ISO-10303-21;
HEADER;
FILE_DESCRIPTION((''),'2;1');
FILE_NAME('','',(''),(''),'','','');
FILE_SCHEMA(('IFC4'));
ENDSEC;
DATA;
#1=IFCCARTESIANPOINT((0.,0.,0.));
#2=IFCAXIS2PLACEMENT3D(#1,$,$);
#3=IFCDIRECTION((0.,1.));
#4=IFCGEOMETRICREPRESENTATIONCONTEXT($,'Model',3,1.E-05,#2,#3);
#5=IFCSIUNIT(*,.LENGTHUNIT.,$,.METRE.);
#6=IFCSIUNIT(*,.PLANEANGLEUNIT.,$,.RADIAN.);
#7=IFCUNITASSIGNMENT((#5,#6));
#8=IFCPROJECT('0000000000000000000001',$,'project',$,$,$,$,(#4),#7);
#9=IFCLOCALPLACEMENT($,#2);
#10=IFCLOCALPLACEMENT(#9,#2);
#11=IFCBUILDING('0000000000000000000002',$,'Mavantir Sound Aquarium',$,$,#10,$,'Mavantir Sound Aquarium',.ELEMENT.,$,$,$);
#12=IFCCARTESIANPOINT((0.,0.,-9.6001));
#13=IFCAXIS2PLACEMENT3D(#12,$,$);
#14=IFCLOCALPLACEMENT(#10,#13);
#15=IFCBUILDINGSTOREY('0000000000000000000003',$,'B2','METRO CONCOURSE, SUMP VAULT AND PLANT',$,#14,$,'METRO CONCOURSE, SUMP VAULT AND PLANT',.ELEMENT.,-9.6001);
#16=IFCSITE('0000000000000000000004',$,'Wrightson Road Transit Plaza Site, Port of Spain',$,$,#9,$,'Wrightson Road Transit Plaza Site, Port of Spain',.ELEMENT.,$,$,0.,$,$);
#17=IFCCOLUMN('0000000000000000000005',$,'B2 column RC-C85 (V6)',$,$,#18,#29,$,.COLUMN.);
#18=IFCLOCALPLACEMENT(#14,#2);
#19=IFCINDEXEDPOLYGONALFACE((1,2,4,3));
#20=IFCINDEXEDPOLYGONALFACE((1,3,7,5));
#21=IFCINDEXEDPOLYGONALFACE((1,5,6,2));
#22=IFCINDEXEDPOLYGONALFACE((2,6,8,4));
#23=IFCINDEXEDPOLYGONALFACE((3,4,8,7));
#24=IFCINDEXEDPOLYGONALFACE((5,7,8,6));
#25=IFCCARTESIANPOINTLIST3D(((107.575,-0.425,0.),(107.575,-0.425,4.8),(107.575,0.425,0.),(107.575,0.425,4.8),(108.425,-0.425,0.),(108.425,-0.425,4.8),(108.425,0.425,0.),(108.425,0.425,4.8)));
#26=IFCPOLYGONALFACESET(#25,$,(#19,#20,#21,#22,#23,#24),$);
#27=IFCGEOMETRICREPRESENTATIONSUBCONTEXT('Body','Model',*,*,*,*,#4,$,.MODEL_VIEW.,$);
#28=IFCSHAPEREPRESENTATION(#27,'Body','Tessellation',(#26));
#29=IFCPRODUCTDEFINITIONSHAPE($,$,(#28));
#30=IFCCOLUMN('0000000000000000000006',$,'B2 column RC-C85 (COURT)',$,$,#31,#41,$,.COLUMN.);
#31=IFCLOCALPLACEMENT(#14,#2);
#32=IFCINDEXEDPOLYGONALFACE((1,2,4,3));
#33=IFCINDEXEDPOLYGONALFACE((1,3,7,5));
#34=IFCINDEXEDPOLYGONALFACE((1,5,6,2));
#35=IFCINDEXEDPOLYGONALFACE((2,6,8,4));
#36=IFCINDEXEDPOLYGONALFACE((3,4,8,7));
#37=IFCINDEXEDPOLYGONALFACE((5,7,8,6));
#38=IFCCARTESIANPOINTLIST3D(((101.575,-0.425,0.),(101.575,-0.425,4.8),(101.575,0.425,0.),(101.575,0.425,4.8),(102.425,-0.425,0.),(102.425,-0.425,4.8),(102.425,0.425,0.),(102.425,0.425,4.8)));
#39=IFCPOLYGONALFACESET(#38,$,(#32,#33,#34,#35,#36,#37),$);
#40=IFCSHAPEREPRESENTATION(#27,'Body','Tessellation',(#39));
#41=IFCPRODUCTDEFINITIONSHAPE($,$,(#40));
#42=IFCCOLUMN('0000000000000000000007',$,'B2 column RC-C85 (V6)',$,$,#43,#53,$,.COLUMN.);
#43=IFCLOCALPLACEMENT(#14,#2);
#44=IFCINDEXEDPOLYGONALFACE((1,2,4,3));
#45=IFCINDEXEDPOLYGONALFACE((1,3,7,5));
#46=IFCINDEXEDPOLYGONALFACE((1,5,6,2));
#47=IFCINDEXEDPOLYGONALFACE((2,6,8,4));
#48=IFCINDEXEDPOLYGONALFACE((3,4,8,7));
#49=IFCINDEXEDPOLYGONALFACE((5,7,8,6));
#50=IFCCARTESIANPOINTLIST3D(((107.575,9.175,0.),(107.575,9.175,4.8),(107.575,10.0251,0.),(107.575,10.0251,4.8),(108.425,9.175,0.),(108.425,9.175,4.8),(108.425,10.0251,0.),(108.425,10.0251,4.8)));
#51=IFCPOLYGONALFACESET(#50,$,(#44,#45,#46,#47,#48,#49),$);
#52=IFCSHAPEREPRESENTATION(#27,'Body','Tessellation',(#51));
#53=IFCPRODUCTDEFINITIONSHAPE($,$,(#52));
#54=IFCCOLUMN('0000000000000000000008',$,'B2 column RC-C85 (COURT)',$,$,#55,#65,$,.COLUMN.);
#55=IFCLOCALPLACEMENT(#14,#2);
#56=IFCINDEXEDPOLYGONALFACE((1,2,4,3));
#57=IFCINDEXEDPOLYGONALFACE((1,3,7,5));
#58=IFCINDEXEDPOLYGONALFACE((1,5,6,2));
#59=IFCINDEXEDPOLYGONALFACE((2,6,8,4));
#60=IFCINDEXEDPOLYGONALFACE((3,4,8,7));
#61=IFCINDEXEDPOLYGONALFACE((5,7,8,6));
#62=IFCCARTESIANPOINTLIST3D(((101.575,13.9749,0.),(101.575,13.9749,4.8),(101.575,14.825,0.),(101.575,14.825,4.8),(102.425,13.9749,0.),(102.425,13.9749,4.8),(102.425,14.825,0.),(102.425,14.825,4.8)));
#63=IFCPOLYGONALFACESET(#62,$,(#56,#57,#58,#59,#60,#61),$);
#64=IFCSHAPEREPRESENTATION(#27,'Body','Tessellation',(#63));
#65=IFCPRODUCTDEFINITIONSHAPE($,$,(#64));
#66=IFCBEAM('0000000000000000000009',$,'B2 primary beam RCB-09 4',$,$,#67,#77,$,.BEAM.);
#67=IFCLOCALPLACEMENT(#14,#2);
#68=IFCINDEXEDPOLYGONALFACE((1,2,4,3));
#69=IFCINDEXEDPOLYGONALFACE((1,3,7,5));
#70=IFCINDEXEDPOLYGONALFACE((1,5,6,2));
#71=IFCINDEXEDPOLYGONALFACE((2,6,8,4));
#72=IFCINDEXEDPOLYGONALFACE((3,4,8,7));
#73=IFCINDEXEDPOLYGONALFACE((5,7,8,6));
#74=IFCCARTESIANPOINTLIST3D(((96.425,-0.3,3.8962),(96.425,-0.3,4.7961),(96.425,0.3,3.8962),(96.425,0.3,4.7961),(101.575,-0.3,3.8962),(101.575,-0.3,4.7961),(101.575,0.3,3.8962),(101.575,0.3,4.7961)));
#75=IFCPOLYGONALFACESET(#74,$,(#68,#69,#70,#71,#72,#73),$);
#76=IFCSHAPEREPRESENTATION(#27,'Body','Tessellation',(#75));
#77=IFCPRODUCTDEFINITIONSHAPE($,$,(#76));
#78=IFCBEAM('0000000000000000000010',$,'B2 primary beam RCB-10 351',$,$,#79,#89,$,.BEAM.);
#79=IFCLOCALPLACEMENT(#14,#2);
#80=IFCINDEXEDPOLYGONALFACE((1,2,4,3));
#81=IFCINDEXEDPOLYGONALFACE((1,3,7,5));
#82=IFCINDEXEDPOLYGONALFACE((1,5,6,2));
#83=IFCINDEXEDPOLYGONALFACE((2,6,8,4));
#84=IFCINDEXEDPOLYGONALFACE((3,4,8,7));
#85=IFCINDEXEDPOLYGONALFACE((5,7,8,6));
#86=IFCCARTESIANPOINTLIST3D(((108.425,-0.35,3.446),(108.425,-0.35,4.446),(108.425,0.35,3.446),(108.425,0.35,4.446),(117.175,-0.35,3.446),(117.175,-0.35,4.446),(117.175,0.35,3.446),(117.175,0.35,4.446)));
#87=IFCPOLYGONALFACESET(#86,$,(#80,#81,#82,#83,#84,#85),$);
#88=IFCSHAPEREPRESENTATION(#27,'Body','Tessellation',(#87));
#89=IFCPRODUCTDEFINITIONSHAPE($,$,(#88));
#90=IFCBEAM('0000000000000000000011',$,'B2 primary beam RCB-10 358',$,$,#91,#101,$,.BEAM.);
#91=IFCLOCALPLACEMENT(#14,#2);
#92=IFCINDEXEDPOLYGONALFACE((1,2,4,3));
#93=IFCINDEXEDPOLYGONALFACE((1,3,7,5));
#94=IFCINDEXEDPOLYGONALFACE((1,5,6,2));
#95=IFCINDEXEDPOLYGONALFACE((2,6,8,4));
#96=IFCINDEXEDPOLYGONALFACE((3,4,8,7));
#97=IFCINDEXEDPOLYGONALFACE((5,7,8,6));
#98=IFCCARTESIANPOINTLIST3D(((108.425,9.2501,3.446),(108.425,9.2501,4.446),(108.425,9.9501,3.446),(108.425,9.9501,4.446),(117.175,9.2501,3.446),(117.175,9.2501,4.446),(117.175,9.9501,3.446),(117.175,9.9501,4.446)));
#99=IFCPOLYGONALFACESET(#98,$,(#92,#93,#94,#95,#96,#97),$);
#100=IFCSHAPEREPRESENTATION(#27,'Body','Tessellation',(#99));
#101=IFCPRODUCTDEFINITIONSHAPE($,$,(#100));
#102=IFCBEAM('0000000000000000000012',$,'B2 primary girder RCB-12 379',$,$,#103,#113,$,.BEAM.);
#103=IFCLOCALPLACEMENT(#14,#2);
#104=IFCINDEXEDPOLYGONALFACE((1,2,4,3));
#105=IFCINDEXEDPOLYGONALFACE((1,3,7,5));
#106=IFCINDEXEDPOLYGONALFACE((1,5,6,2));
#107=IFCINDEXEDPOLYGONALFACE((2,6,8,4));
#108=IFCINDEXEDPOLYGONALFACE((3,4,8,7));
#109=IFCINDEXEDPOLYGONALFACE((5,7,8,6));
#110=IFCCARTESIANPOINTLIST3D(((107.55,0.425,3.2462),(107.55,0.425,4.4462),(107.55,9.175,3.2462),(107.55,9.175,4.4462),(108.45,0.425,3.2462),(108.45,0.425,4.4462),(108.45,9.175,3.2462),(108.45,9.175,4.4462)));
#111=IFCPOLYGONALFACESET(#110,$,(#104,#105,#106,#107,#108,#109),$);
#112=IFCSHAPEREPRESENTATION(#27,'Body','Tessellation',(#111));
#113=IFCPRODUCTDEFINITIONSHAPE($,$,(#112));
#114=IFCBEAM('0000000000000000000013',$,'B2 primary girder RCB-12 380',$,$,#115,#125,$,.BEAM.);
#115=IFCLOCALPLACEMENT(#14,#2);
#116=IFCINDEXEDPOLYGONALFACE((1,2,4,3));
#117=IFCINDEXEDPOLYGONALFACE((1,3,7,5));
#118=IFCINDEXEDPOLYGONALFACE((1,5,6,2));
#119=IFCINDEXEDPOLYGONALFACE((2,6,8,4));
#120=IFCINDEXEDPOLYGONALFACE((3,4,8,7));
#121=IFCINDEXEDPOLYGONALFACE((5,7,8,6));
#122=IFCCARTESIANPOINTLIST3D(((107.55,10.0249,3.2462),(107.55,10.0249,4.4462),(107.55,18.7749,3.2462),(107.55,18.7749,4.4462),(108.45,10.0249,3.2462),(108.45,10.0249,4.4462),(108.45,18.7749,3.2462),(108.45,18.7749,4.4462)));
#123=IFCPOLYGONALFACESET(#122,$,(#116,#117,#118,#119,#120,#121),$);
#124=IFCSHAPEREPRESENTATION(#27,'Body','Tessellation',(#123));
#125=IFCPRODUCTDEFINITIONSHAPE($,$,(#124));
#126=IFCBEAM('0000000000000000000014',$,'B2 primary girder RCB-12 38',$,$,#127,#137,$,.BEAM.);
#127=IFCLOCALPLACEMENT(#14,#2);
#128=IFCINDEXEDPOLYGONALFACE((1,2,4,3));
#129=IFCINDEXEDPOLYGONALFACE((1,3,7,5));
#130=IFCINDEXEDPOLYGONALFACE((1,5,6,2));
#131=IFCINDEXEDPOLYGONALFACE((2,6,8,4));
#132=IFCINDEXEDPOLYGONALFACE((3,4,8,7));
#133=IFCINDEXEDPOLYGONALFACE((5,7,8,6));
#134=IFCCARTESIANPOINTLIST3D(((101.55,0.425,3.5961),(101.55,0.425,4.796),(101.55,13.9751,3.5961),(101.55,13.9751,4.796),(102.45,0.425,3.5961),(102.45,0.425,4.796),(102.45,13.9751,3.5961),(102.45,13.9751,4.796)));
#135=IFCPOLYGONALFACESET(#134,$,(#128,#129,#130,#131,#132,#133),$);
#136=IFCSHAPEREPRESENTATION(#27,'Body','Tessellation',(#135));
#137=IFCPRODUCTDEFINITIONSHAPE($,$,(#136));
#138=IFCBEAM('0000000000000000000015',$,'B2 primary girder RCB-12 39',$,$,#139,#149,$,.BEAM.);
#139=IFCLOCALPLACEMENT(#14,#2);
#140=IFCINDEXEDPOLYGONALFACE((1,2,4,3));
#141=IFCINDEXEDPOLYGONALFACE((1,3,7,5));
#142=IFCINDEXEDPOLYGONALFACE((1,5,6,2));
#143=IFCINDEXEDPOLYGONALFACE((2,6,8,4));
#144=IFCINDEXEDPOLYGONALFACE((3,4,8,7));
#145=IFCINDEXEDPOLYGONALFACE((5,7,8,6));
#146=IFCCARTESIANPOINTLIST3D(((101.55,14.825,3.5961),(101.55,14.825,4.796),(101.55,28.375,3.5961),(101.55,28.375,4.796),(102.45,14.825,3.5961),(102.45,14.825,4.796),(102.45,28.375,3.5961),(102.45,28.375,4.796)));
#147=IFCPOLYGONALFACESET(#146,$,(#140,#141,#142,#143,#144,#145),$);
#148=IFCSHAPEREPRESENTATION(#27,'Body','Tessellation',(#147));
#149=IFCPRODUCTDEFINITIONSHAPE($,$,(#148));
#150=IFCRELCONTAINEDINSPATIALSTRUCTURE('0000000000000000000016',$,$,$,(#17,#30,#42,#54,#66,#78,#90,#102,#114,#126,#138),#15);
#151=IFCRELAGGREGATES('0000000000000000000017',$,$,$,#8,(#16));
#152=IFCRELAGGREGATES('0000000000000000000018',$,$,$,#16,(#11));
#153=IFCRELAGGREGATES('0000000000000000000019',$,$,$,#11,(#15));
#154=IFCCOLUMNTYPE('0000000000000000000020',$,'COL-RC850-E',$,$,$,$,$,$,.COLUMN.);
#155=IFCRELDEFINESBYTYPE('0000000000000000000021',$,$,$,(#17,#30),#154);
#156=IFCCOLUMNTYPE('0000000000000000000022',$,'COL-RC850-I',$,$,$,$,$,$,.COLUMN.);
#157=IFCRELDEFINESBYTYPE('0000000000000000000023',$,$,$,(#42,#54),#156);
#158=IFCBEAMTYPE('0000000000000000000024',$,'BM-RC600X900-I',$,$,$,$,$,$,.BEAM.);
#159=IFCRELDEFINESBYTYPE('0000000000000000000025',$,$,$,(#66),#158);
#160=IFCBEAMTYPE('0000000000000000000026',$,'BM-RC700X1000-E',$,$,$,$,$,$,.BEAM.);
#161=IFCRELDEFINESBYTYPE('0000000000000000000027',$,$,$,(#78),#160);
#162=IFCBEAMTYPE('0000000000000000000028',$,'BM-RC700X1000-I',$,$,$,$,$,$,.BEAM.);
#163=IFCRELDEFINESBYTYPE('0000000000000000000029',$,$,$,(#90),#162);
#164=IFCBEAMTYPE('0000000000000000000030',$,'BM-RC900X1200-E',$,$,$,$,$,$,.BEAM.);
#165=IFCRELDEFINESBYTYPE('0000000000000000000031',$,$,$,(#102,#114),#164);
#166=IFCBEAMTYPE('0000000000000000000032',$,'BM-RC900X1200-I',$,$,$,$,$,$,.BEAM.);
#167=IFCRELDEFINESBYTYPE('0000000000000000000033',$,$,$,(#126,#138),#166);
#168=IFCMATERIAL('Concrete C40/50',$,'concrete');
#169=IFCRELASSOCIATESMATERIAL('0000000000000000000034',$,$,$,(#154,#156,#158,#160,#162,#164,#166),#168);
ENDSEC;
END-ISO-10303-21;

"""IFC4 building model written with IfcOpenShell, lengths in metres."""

from ifc_helpers import new_model, si_unit, direction, frame, origin, origin_2d, place, context, subcontext, project, spatial, rectangle, extrude, material, material_profile, profile_set, type_object, element, save


model = new_model("IFC4")

# Units and contexts
model_context = context("Model", 3, precision=1e-05, world=origin(), true_north=direction((0.0, 1.0)))
body_context = subcontext(model_context, "Body", "Model", "MODEL_VIEW")
ifc_project = project(units=[si_unit("LENGTHUNIT", "METRE"), si_unit("PLANEANGLEUNIT", "RADIAN")], contexts=[model_context])

# Site, building, storey
site_placement = place(None, origin())
site = spatial("IfcSite", under=ifc_project, at=site_placement, Name="Wrightson Road Transit Plaza Site, Port of Spain", LongName="Wrightson Road Transit Plaza Site, Port of Spain", CompositionType="ELEMENT", RefElevation=0.0)
building_placement = place(site_placement, origin())
building = spatial("IfcBuilding", under=site, at=building_placement, Name="Mavantir Sound Aquarium", LongName="Mavantir Sound Aquarium", CompositionType="ELEMENT")
storey_placement = place(building_placement, frame((0.0, 0.0, -9.6001)))
storey = spatial("IfcBuildingStorey", under=building, at=storey_placement, Name="B2", Description="METRO CONCOURSE, SUMP VAULT AND PLANT", LongName="METRO CONCOURSE, SUMP VAULT AND PLANT", CompositionType="ELEMENT", Elevation=-9.6001)

# Shared definitions
ifc_material_1 = material(Name="Concrete C40/50", Category="concrete")

# Columns
ifc_material_profile_1 = material_profile(ifc_material_1, rectangle(XDim=0.8501, YDim=0.8501, at=origin_2d()), Name="RC 850X850")
ifc_profile_set_1 = profile_set([ifc_material_profile_1], Name="Concrete C40/50")
column_type_1 = type_object("IfcColumnType", Name="COL-RC850-E", PredefinedType="COLUMN", material=ifc_profile_set_1)
for number, where, z_axis, x_axis, name in (
    (1, (108.0, 0.0, 0.0), (0.0, 0.0, 1.0), (1.0, 0.0, 0.0), "B2 column RC-C85 (V6)"),
    (2, (102.0, 0.0, 0.0), (0.0, 0.0, 1.0), (1.0, 0.0, 0.0), "B2 column RC-C85 (COURT)"),
):
    element("IfcColumn", number, at=place(storey_placement, frame(where, z_axis=z_axis, x_axis=x_axis)), inside=storey, type_object=column_type_1, Name=name, PredefinedType="COLUMN", context=body_context, shape_type="SweptSolid", body=[
        extrude(rectangle(XDim=0.8501, YDim=0.8501, at=origin_2d()), origin(), (0.0, 0.0, 1.0), 4.8),
    ])
ifc_material_profile_2 = material_profile(ifc_material_1, rectangle(XDim=0.8501, YDim=0.8501, at=origin_2d()), Name="RC 850X850")
ifc_profile_set_2 = profile_set([ifc_material_profile_2], Name="Concrete C40/50")
column_type_2 = type_object("IfcColumnType", Name="COL-RC850-I", PredefinedType="COLUMN", material=ifc_profile_set_2)
for number, where, z_axis, x_axis, name in (
    (3, (108.0, 9.6001, 0.0), (0.0, 0.0, 1.0), (1.0, 0.0, 0.0), "B2 column RC-C85 (V6)"),
    (4, (102.0, 14.3999, 0.0), (0.0, 0.0, 1.0), (1.0, 0.0, 0.0), "B2 column RC-C85 (COURT)"),
):
    element("IfcColumn", number, at=place(storey_placement, frame(where, z_axis=z_axis, x_axis=x_axis)), inside=storey, type_object=column_type_2, Name=name, PredefinedType="COLUMN", context=body_context, shape_type="SweptSolid", body=[
        extrude(rectangle(XDim=0.8501, YDim=0.8501, at=origin_2d()), origin(), (0.0, 0.0, 1.0), 4.8),
    ])

# Beams
ifc_material_profile_3 = material_profile(ifc_material_1, rectangle(XDim=0.6001, YDim=0.8999, at=origin_2d()), Name="RC 600X900")
ifc_profile_set_3 = profile_set([ifc_material_profile_3], Name="Concrete C40/50")
beam_type_1 = type_object("IfcBeamType", Name="BM-RC600X900-I", PredefinedType="BEAM", material=ifc_profile_set_3)
beam_1_placement = place(storey_placement, frame((96.425, 0.0, 4.3462), z_axis=(1.0, 0.0, 0.0), x_axis=(0.0, 1.0, 0.0)))
element("IfcBeam", 5, at=beam_1_placement, inside=storey, type_object=beam_type_1, Name="B2 primary beam RCB-09 4", PredefinedType="BEAM", context=body_context, shape_type="SweptSolid", body=[
    extrude(rectangle(XDim=0.6001, YDim=0.8999, at=origin_2d()), origin(), (0.0, 0.0, 1.0), 5.1499),
])
ifc_material_profile_4 = material_profile(ifc_material_1, rectangle(XDim=0.7, YDim=1.0, at=origin_2d()), Name="RC 700X1000")
ifc_profile_set_4 = profile_set([ifc_material_profile_4], Name="Concrete C40/50")
beam_type_2 = type_object("IfcBeamType", Name="BM-RC700X1000-E", PredefinedType="BEAM", material=ifc_profile_set_4)
beam_2_placement = place(storey_placement, frame((108.425, 0.0, 3.946), z_axis=(1.0, 0.0, 0.0), x_axis=(0.0, 1.0, 0.0)))
element("IfcBeam", 6, at=beam_2_placement, inside=storey, type_object=beam_type_2, Name="B2 primary beam RCB-10 351", PredefinedType="BEAM", context=body_context, shape_type="SweptSolid", body=[
    extrude(rectangle(XDim=0.7, YDim=1.0, at=origin_2d()), origin(), (0.0, 0.0, 1.0), 8.75),
])
ifc_material_profile_5 = material_profile(ifc_material_1, rectangle(XDim=0.7, YDim=1.0, at=origin_2d()), Name="RC 700X1000")
ifc_profile_set_5 = profile_set([ifc_material_profile_5], Name="Concrete C40/50")
beam_type_3 = type_object("IfcBeamType", Name="BM-RC700X1000-I", PredefinedType="BEAM", material=ifc_profile_set_5)
beam_3_placement = place(storey_placement, frame((108.425, 9.6001, 3.946), z_axis=(1.0, 0.0, 0.0), x_axis=(0.0, 1.0, 0.0)))
element("IfcBeam", 7, at=beam_3_placement, inside=storey, type_object=beam_type_3, Name="B2 primary beam RCB-10 358", PredefinedType="BEAM", context=body_context, shape_type="SweptSolid", body=[
    extrude(rectangle(XDim=0.7, YDim=1.0, at=origin_2d()), origin(), (0.0, 0.0, 1.0), 8.75),
])
ifc_material_profile_6 = material_profile(ifc_material_1, rectangle(XDim=0.8999, YDim=1.2, at=origin_2d()), Name="RC 900X1200")
ifc_profile_set_6 = profile_set([ifc_material_profile_6], Name="Concrete C40/50")
beam_type_4 = type_object("IfcBeamType", Name="BM-RC900X1200-E", PredefinedType="BEAM", material=ifc_profile_set_6)
for number, where, z_axis, x_axis, name in (
    (8, (108.0, 0.425, 3.8462), (0.0, 1.0, 0.0), (-1.0, 0.0, 0.0), "B2 primary girder RCB-12 379"),
    (9, (108.0, 10.0249, 3.8462), (0.0, 1.0, 0.0), (-1.0, 0.0, 0.0), "B2 primary girder RCB-12 380"),
):
    element("IfcBeam", number, at=place(storey_placement, frame(where, z_axis=z_axis, x_axis=x_axis)), inside=storey, type_object=beam_type_4, Name=name, PredefinedType="BEAM", context=body_context, shape_type="SweptSolid", body=[
        extrude(rectangle(XDim=0.8999, YDim=1.2, at=origin_2d()), origin(), (0.0, 0.0, 1.0), 8.75),
    ])
ifc_material_profile_7 = material_profile(ifc_material_1, rectangle(XDim=0.8999, YDim=1.2, at=origin_2d()), Name="RC 900X1200")
ifc_profile_set_7 = profile_set([ifc_material_profile_7], Name="Concrete C40/50")
beam_type_5 = type_object("IfcBeamType", Name="BM-RC900X1200-I", PredefinedType="BEAM", material=ifc_profile_set_7)
for number, where, z_axis, x_axis, name in (
    (10, (102.0, 0.425, 4.196), (0.0, 1.0, 0.0), (-1.0, 0.0, 0.0), "B2 primary girder RCB-12 38"),
    (11, (102.0, 14.825, 4.196), (0.0, 1.0, 0.0), (-1.0, 0.0, 0.0), "B2 primary girder RCB-12 39"),
):
    element("IfcBeam", number, at=place(storey_placement, frame(where, z_axis=z_axis, x_axis=x_axis)), inside=storey, type_object=beam_type_5, Name=name, PredefinedType="BEAM", context=body_context, shape_type="SweptSolid", body=[
        extrude(rectangle(XDim=0.8999, YDim=1.2, at=origin_2d()), origin(), (0.0, 0.0, 1.0), 13.55),
    ])

save(model, "model.ifc")
